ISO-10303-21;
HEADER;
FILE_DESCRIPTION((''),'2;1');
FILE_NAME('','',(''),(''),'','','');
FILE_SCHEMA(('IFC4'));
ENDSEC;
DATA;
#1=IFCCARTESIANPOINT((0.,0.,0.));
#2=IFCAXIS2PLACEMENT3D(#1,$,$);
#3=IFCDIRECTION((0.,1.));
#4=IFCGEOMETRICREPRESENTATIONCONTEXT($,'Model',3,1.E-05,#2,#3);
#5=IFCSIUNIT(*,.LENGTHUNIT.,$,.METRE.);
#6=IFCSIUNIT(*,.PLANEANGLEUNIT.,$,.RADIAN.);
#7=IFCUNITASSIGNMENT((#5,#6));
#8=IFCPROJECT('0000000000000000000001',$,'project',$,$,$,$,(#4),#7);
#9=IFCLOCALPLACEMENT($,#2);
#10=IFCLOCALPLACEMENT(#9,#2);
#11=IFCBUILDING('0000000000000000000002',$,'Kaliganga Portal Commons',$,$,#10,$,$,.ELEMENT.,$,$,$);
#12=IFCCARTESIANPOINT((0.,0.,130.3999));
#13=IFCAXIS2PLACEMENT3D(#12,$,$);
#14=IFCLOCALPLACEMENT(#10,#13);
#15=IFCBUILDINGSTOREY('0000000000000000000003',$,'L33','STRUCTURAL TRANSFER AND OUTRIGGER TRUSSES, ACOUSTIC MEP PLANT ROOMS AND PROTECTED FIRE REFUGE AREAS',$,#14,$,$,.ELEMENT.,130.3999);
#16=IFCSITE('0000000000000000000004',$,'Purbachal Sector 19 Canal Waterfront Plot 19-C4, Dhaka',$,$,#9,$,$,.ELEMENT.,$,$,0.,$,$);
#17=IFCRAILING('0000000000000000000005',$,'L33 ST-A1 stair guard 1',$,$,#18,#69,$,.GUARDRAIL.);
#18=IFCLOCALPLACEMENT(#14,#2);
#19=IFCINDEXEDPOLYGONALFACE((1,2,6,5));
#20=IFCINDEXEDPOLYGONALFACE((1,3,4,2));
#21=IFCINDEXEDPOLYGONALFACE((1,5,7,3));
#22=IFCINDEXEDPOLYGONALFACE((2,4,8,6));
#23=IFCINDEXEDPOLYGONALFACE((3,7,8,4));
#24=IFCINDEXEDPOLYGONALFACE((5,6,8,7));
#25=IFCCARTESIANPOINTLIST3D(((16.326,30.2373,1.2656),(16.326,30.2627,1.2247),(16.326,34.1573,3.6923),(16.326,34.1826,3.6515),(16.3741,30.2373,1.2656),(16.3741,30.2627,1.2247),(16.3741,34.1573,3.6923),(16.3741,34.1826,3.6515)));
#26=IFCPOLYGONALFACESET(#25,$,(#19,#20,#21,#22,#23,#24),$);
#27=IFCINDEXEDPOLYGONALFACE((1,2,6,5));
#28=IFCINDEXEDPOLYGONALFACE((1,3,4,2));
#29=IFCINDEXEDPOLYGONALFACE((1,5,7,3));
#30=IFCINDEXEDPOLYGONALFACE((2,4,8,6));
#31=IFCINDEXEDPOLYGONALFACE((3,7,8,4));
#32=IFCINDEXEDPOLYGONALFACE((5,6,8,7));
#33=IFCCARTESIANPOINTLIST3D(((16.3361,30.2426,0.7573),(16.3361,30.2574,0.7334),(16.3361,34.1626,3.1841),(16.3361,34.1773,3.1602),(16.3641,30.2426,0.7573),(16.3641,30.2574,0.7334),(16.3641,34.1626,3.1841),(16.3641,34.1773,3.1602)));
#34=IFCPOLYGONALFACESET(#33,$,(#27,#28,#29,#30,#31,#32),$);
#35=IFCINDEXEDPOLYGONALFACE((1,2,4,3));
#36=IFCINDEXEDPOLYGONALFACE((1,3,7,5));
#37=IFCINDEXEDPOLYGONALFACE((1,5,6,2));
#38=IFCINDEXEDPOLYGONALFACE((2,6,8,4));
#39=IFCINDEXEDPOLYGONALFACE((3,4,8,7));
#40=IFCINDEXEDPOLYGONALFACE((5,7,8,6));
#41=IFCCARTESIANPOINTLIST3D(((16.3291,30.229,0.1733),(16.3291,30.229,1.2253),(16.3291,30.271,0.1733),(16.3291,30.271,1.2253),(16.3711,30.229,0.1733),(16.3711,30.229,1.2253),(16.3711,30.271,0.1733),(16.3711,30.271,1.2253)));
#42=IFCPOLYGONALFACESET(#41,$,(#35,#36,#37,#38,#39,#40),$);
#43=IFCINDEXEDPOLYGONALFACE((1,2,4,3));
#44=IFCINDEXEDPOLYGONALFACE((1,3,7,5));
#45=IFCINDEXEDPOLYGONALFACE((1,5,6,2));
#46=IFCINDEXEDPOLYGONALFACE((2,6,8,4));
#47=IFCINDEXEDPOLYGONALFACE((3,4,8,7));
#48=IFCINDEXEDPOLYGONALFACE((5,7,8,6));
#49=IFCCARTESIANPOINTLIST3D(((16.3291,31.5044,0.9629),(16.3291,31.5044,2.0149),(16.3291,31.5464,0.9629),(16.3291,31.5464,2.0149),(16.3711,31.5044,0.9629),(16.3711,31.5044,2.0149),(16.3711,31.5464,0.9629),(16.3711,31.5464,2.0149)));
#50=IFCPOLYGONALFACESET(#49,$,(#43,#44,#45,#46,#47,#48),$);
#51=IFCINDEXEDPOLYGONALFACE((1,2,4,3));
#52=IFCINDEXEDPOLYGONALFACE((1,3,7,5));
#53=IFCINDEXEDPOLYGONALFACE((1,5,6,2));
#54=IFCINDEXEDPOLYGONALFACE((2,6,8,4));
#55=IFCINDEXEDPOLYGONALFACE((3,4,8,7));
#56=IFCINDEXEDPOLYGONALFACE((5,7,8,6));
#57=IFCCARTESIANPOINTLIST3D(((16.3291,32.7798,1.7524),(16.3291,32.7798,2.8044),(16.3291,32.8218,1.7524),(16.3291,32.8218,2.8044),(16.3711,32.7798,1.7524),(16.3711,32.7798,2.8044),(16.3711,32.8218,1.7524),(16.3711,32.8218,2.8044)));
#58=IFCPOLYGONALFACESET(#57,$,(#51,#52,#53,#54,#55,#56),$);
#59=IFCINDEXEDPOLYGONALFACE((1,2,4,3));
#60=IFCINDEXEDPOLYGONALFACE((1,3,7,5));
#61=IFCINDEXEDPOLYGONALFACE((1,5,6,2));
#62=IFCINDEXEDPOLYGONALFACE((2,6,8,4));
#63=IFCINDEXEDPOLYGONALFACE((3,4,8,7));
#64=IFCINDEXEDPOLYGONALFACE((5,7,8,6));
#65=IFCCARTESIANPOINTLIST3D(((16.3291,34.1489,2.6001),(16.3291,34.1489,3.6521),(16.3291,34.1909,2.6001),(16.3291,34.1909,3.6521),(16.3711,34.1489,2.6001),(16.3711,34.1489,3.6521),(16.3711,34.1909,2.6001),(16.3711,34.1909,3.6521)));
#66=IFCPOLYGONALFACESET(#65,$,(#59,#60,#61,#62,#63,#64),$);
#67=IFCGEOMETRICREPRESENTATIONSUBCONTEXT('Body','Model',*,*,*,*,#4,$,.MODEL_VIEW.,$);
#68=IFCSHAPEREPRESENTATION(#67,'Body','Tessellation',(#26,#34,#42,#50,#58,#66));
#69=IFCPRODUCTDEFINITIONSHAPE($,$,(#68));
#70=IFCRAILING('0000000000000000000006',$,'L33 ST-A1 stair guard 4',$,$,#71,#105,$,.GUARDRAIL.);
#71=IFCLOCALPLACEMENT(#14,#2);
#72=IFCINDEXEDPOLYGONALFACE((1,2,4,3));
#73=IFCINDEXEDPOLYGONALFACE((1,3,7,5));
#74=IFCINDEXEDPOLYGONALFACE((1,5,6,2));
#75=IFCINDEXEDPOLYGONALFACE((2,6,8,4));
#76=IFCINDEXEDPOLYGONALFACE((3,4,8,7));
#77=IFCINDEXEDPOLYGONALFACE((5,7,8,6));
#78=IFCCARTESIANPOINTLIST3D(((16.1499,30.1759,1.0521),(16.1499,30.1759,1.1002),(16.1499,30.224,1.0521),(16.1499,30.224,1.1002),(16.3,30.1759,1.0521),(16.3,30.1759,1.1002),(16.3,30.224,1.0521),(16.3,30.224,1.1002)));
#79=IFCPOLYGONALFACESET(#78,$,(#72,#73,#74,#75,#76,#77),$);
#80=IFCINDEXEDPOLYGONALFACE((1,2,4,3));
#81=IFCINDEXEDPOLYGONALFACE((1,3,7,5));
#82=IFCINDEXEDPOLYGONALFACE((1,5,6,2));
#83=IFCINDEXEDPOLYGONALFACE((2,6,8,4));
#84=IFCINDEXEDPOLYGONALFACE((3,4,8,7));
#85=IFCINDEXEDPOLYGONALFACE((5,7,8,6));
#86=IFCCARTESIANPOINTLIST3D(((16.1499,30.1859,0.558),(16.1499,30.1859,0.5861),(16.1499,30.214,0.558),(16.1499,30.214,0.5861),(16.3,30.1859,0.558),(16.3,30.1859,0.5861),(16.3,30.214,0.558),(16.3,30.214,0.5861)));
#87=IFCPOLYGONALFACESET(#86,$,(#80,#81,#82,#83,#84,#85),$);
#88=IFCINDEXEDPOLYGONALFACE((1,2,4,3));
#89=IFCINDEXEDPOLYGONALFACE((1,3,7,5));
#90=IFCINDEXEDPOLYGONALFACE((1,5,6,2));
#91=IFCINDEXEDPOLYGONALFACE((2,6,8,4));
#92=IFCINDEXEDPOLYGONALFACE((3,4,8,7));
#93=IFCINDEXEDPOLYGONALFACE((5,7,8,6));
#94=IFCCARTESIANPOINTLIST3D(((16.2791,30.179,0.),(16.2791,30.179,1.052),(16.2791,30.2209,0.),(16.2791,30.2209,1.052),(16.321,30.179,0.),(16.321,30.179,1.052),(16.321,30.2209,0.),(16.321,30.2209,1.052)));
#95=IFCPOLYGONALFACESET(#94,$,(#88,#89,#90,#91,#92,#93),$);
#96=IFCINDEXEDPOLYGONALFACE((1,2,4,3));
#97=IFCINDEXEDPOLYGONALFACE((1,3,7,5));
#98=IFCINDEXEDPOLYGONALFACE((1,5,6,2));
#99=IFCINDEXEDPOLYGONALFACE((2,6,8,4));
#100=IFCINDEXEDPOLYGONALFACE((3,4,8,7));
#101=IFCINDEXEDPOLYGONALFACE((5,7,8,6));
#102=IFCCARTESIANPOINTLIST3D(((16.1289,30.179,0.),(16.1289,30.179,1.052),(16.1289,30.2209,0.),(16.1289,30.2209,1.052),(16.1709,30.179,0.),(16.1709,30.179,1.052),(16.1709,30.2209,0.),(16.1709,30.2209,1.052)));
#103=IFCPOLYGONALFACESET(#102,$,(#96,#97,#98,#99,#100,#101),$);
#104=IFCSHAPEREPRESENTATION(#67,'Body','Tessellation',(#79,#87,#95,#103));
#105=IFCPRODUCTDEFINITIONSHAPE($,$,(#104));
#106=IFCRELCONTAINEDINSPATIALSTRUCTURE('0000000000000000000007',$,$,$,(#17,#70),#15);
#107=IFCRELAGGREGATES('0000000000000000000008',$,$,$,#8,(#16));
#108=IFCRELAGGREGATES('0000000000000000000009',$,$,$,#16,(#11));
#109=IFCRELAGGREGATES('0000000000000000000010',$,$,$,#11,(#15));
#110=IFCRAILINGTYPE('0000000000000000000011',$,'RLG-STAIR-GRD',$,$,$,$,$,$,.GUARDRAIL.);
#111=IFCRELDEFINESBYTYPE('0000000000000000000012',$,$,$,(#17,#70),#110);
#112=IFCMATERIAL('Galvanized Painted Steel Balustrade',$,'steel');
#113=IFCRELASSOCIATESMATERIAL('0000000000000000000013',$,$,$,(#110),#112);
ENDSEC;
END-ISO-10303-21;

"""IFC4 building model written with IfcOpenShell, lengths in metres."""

from ifc_helpers import new_model, si_unit, direction, frame, origin, origin_2d, place, context, subcontext, project, spatial, rectangle, extrude, material, type_object, element, save


model = new_model("IFC4")

# Units and contexts
model_context = context("Model", 3, precision=1e-05, world=origin(), true_north=direction((0.0, 1.0)))
body_context = subcontext(model_context, "Body", "Model", "MODEL_VIEW")
ifc_project = project(units=[si_unit("LENGTHUNIT", "METRE"), si_unit("PLANEANGLEUNIT", "RADIAN")], contexts=[model_context])

# Site, building, storey
site_placement = place(None, origin())
site = spatial("IfcSite", under=ifc_project, at=site_placement, Name="Purbachal Sector 19 Canal Waterfront Plot 19-C4, Dhaka", CompositionType="ELEMENT", RefElevation=0.0)
building_placement = place(site_placement, origin())
building = spatial("IfcBuilding", under=site, at=building_placement, Name="Kaliganga Portal Commons", CompositionType="ELEMENT")
storey_placement = place(building_placement, frame((0.0, 0.0, 130.3999)))
storey = spatial("IfcBuildingStorey", under=building, at=storey_placement, Name="L33", Description="STRUCTURAL TRANSFER AND OUTRIGGER TRUSSES, ACOUSTIC MEP PLANT ROOMS AND PROTECTED FIRE REFUGE AREAS", CompositionType="ELEMENT", Elevation=130.3999)

# Railings
ifc_material_1 = material(Name="Galvanized Painted Steel Balustrade", Category="steel")
railing_type = type_object("IfcRailingType", Name="RLG-STAIR-GRD", PredefinedType="GUARDRAIL", material=ifc_material_1)
railing_1_placement = place(storey_placement, frame((16.3501, 30.25, 0.1733)))
element("IfcRailing", 1, at=railing_1_placement, inside=storey, type_object=railing_type, Name="L33 ST-A1 stair guard 1", PredefinedType="GUARDRAIL", context=body_context, shape_type="SweptSolid", body=[
    extrude(rectangle(XDim=0.0481, YDim=0.0481, at=origin_2d()), frame((0.0, 0.0, 1.0718), z_axis=(0.0, 0.850252, 0.526376), x_axis=(-1.0, 0.0, 0.0)), (0.0, 0.0, 1.0), 4.6104),
    extrude(rectangle(XDim=0.0281, YDim=0.0281, at=origin_2d()), frame((0.0, 0.0, 0.572), z_axis=(0.0, 0.850252, 0.526376), x_axis=(-1.0, 0.0, 0.0)), (0.0, 0.0, 1.0), 4.6104),
    extrude(rectangle(XDim=0.042, YDim=0.042, at=origin_2d()), origin(), (0.0, 0.0, 1.0), 1.052),
    extrude(rectangle(XDim=0.042, YDim=0.042, at=origin_2d()), frame((0.0, 1.2754, 0.7896)), (0.0, 0.0, 1.0), 1.052),
    extrude(rectangle(XDim=0.042, YDim=0.042, at=origin_2d()), frame((0.0, 2.5508, 1.5791)), (0.0, 0.0, 1.0), 1.052),
    extrude(rectangle(XDim=0.042, YDim=0.042, at=origin_2d()), frame((0.0, 3.9199, 2.4268)), (0.0, 0.0, 1.0), 1.052),
])
railing_2_placement = place(storey_placement, frame((16.3, 30.2, 0.0)))
element("IfcRailing", 2, at=railing_2_placement, inside=storey, type_object=railing_type, Name="L33 ST-A1 stair guard 4", PredefinedType="GUARDRAIL", context=body_context, shape_type="SweptSolid", body=[
    extrude(rectangle(XDim=0.0481, YDim=0.0481, at=origin_2d()), frame((0.0, 0.0, 1.0762), z_axis=(-1.0, 0.0, 0.0), x_axis=(0.0, -1.0, 0.0)), (0.0, 0.0, 1.0), 0.1501),
    extrude(rectangle(XDim=0.0281, YDim=0.0281, at=origin_2d()), frame((0.0, 0.0, 0.572), z_axis=(-1.0, 0.0, 0.0), x_axis=(0.0, -1.0, 0.0)), (0.0, 0.0, 1.0), 0.1501),
    extrude(rectangle(XDim=0.042, YDim=0.042, at=origin_2d()), origin(), (0.0, 0.0, 1.0), 1.052),
    extrude(rectangle(XDim=0.042, YDim=0.042, at=origin_2d()), frame((-0.1501, 0.0, 0.0)), (0.0, 0.0, 1.0), 1.052),
])

save(model, "model.ifc")
